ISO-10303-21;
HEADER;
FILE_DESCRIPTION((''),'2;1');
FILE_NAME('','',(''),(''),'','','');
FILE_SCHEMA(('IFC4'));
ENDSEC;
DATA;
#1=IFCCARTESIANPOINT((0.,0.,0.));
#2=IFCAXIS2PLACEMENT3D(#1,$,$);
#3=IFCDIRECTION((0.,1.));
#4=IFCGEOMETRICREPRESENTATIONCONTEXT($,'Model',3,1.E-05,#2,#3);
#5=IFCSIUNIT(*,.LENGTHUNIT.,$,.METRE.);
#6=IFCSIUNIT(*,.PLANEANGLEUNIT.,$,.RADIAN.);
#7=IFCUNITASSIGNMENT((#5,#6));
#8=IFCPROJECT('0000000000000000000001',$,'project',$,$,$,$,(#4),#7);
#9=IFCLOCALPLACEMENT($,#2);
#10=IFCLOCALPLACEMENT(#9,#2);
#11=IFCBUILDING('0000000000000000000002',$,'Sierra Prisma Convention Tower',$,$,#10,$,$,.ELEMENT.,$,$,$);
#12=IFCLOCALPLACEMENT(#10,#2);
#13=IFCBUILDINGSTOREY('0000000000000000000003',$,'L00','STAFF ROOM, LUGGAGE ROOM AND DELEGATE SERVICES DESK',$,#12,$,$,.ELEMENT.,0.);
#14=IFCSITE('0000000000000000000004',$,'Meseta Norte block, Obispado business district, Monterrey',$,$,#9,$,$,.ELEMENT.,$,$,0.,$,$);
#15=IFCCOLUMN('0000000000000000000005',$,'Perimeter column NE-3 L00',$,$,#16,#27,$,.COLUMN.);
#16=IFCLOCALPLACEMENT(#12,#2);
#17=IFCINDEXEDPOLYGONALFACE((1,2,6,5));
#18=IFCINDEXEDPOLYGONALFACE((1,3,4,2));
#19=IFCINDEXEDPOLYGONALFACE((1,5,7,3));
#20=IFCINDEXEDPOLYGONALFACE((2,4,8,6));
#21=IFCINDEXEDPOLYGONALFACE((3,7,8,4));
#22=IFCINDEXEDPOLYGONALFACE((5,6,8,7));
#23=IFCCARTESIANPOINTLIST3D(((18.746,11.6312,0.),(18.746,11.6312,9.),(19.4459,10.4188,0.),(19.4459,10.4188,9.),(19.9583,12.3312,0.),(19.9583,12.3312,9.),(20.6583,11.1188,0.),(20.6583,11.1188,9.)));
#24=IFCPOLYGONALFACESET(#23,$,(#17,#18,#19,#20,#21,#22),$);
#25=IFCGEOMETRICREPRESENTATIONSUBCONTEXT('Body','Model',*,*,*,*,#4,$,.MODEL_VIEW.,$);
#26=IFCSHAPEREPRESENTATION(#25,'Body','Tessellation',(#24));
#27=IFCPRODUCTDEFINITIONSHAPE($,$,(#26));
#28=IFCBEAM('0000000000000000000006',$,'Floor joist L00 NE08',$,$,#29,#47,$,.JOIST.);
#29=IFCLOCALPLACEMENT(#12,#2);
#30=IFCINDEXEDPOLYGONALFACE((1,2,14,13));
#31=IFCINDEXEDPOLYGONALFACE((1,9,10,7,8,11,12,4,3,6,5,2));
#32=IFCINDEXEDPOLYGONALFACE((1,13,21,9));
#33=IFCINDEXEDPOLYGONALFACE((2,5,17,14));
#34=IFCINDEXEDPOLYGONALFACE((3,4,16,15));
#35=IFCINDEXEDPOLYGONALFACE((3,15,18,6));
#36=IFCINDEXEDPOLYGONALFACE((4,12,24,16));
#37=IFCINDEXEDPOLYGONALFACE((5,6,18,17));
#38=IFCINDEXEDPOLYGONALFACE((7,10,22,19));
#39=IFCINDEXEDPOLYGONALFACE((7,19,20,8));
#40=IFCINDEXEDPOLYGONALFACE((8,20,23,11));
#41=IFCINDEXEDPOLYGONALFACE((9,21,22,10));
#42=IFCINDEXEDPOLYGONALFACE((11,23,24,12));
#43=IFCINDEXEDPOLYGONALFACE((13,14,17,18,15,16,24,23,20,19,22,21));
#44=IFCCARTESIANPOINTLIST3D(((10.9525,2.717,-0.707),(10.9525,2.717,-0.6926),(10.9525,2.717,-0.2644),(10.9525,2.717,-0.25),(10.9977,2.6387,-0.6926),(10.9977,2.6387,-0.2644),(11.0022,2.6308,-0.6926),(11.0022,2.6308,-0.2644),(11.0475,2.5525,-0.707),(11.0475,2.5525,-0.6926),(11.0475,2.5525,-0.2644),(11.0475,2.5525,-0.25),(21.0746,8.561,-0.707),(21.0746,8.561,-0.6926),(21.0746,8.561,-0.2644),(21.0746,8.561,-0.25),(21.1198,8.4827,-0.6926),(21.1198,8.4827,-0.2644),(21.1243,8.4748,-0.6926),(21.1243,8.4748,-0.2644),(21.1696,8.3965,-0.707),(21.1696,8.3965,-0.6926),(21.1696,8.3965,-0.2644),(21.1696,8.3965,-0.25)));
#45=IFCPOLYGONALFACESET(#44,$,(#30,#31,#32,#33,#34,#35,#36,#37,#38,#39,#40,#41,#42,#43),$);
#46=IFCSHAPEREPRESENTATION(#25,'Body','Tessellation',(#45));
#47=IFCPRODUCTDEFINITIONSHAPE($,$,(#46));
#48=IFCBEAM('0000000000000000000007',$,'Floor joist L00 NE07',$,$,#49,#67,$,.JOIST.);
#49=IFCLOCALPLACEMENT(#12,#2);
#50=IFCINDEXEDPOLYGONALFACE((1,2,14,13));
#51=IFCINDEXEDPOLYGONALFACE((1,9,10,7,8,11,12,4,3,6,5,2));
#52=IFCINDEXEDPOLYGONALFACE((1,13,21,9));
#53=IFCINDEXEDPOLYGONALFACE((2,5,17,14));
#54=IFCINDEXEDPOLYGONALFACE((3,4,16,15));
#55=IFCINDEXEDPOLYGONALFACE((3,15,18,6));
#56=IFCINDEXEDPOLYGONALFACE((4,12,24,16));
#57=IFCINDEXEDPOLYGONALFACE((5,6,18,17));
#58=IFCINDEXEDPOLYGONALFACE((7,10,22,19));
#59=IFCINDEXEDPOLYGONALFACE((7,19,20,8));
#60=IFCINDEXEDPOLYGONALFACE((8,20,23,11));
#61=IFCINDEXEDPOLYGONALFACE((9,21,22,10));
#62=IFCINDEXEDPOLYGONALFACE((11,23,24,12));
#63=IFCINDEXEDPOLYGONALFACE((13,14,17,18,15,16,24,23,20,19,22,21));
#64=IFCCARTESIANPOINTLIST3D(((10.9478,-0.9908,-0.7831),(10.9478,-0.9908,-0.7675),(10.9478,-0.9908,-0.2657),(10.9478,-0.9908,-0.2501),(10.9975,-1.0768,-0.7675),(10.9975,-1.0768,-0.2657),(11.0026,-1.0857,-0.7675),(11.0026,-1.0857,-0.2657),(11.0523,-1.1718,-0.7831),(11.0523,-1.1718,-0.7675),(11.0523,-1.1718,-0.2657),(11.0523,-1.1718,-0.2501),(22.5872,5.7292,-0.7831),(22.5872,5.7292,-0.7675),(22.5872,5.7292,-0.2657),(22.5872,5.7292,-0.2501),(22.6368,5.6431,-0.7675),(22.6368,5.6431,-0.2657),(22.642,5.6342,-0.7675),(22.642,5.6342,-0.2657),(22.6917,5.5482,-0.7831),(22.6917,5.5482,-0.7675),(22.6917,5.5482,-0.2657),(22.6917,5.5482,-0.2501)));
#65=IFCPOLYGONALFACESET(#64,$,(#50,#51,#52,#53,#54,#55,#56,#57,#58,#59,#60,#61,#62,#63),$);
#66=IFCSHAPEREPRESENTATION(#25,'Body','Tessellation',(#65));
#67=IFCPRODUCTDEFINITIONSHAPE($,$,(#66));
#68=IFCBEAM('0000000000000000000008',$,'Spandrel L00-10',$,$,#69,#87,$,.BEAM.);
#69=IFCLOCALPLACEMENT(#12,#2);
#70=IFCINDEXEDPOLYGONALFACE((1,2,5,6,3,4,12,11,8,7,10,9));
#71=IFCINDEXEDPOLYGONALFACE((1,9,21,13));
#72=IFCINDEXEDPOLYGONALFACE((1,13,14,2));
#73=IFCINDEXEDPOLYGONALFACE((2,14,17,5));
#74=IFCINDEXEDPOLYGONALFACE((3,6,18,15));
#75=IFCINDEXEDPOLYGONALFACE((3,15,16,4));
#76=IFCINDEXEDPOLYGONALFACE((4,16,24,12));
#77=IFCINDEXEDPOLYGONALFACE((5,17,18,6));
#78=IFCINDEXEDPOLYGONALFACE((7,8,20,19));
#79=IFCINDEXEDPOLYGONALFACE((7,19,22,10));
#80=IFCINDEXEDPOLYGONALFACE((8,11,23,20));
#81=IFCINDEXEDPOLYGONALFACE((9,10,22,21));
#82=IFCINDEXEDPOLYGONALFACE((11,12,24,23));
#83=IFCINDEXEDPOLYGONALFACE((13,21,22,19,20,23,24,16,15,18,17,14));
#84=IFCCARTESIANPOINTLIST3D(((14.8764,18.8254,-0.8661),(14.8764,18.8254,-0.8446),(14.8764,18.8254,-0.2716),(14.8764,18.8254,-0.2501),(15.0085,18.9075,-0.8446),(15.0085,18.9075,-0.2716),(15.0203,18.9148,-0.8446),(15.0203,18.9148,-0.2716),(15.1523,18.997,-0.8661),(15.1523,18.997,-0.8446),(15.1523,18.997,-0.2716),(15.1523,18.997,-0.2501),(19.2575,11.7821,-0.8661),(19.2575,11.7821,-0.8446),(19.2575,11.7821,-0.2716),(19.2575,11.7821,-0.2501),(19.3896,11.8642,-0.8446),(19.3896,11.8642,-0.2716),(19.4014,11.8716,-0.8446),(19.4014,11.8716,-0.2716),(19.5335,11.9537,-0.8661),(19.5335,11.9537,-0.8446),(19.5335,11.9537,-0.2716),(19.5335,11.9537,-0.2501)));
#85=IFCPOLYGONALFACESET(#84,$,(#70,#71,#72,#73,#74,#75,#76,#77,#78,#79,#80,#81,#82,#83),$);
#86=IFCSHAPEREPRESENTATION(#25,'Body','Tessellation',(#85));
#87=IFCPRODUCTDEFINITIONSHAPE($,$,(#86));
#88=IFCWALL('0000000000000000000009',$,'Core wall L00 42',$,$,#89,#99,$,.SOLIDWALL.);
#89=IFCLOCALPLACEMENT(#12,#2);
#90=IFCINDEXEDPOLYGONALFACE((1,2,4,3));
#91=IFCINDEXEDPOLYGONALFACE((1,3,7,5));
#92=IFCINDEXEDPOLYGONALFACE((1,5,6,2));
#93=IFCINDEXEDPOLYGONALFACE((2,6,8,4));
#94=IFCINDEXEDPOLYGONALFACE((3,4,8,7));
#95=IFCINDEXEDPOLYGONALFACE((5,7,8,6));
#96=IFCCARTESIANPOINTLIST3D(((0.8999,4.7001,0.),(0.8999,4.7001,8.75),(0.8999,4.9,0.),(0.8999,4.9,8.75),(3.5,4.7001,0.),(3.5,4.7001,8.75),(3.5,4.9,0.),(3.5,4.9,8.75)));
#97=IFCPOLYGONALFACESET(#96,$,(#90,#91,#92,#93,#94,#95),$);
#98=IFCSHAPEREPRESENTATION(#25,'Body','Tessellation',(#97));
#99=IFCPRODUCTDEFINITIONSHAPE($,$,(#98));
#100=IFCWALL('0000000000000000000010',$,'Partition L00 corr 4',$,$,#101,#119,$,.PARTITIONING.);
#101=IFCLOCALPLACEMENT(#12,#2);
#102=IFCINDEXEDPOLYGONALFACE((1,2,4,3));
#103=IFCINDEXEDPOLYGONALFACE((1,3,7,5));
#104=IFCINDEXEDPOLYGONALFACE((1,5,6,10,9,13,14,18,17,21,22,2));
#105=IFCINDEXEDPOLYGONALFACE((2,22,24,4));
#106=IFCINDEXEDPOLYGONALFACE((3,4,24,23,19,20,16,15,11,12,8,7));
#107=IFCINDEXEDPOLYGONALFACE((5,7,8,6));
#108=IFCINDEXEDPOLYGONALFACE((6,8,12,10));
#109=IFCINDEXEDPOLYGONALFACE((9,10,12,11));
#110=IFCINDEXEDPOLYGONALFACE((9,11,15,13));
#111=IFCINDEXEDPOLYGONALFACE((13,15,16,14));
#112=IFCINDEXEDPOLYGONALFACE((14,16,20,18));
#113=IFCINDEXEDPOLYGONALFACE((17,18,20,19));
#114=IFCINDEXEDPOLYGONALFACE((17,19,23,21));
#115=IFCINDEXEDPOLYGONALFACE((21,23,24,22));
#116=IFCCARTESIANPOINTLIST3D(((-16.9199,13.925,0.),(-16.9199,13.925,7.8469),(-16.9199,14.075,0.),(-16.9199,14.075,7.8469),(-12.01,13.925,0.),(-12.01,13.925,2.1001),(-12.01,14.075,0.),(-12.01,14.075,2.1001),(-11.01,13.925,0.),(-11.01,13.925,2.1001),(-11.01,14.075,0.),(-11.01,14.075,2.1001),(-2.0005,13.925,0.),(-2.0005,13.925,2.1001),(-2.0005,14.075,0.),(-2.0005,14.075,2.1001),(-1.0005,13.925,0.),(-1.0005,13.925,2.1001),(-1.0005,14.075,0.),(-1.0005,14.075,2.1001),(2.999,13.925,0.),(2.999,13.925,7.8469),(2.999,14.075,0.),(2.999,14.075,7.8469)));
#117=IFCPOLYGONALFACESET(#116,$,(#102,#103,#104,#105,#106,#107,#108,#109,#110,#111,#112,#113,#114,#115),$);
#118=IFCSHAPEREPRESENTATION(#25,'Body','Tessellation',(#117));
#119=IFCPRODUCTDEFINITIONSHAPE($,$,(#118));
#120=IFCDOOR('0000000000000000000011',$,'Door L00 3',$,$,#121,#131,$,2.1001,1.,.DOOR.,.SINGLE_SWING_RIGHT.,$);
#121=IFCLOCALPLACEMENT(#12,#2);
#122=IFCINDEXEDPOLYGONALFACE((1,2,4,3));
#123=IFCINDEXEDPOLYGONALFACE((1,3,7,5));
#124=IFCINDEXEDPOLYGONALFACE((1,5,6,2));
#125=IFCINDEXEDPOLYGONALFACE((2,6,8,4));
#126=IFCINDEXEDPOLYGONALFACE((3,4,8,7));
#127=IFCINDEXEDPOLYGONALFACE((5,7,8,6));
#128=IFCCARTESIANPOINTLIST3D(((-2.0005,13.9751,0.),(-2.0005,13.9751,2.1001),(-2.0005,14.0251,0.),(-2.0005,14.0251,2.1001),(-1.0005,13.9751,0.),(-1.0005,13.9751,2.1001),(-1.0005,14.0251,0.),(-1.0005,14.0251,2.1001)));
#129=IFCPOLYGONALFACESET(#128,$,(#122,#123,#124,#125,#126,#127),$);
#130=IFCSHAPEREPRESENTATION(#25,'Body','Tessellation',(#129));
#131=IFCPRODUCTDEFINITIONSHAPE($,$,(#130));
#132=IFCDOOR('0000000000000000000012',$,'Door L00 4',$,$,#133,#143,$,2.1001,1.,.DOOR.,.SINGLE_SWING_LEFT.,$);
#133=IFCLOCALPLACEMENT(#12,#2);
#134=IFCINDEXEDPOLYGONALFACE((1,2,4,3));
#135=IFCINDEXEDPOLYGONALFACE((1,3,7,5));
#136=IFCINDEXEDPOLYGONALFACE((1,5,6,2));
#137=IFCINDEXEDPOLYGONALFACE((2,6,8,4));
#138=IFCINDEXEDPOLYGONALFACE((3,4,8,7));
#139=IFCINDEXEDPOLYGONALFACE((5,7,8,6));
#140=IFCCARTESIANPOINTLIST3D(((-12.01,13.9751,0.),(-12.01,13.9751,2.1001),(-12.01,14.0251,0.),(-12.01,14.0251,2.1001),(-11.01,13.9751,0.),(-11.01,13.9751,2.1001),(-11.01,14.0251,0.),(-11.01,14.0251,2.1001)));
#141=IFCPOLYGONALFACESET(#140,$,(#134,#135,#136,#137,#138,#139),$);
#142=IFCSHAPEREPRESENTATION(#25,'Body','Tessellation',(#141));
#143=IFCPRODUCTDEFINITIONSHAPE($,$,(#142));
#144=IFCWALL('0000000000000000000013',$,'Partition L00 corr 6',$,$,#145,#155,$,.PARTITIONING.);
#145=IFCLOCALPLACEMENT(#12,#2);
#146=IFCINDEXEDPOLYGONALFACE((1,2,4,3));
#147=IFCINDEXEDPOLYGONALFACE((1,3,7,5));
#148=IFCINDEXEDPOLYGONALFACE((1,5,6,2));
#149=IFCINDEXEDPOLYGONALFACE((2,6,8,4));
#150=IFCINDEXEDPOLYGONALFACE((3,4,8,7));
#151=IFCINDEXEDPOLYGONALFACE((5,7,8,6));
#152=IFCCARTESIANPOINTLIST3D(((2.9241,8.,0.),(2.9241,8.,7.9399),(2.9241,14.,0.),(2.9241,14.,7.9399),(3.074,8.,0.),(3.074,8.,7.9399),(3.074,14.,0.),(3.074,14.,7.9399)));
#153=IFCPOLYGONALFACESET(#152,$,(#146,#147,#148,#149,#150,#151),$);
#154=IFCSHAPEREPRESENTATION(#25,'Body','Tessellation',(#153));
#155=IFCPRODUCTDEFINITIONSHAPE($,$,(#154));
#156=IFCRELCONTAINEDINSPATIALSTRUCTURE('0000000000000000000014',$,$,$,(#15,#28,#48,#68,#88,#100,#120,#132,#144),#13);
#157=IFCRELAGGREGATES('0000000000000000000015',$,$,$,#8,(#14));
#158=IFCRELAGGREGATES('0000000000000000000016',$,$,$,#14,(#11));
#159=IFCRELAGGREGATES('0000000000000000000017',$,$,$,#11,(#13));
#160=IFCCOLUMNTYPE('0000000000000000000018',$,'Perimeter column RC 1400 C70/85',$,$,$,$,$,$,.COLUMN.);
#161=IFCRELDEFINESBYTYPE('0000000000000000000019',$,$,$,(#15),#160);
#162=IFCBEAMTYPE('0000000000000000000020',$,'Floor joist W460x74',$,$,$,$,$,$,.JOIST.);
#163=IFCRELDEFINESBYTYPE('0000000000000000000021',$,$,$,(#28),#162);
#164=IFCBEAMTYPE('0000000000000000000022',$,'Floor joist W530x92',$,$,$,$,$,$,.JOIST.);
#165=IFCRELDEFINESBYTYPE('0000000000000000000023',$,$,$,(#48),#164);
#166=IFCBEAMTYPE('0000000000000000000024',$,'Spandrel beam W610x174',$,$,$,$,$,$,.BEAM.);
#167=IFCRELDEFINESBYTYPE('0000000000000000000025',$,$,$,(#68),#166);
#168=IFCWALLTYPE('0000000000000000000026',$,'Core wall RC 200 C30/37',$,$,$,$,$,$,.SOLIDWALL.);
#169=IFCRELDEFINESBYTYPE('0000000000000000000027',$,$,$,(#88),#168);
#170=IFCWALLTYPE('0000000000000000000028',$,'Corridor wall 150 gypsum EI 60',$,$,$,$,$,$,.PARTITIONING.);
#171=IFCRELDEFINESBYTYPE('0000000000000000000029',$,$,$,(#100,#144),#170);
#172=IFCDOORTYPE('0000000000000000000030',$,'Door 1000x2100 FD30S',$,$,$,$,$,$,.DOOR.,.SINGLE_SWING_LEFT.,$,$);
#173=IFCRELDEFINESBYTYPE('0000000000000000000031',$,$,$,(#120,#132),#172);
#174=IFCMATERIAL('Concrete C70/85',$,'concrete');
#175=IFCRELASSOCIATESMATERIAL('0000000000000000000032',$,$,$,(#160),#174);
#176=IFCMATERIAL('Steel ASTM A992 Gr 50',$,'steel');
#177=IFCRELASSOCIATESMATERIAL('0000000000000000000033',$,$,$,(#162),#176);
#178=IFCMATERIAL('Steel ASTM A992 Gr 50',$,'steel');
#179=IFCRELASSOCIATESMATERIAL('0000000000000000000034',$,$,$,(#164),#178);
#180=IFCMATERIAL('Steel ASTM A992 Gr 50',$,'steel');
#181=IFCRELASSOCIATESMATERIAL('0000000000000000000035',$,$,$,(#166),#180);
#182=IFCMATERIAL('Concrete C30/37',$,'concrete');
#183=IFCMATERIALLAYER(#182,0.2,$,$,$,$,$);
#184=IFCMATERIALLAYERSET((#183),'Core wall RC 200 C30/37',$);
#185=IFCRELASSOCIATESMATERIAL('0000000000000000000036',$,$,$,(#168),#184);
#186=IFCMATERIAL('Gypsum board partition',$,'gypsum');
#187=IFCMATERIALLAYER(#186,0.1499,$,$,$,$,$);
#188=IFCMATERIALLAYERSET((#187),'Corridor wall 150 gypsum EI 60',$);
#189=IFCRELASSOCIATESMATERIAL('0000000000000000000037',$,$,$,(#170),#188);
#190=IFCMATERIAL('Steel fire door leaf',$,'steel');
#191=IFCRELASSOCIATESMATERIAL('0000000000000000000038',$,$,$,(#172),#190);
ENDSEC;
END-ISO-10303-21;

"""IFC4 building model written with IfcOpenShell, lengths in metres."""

from ifc_helpers import new_model, si_unit, direction, frame, frame_2d, origin, origin_2d, place, context, subcontext, project, spatial, rectangle, i_section, extrude, material, layer, layer_set, material_profile, profile_set, type_object, element, fill, save


model = new_model("IFC4")

# Units and contexts
model_context = context("Model", 3, precision=1e-05, world=origin(), true_north=direction((0.0, 1.0)))
body_context = subcontext(model_context, "Body", "Model", "MODEL_VIEW")
ifc_project = project(units=[si_unit("LENGTHUNIT", "METRE"), si_unit("PLANEANGLEUNIT", "RADIAN")], contexts=[model_context])

# Site, building, storey
site_placement = place(None, origin())
site = spatial("IfcSite", under=ifc_project, at=site_placement, Name="Meseta Norte block, Obispado business district, Monterrey", CompositionType="ELEMENT", RefElevation=0.0)
building_placement = place(site_placement, origin())
building = spatial("IfcBuilding", under=site, at=building_placement, Name="Sierra Prisma Convention Tower", CompositionType="ELEMENT")
storey_placement = place(building_placement, origin())
storey = spatial("IfcBuildingStorey", under=building, at=storey_placement, Name="L00", Description="STAFF ROOM, LUGGAGE ROOM AND DELEGATE SERVICES DESK", CompositionType="ELEMENT", Elevation=0.0)

# Column
ifc_material_1 = material(Name="Concrete C70/85", Category="concrete")
ifc_material_profile_1 = material_profile(ifc_material_1, rectangle(XDim=1.3999, YDim=1.3999, at=origin_2d()), Name="Perimeter column RC 1400 C70/85")
ifc_profile_set_1 = profile_set([ifc_material_profile_1], Name="Concrete C70/85")
column_type = type_object("IfcColumnType", Name="Perimeter column RC 1400 C70/85", PredefinedType="COLUMN", material=ifc_profile_set_1)
column_placement = place(storey_placement, frame((19.7021, 11.375, 0.0), z_axis=(0.0, 0.0, 1.0), x_axis=(-0.5, 0.866025, 0.0)))
element("IfcColumn", 1, at=column_placement, inside=storey, type_object=column_type, Name="Perimeter column NE-3 L00", PredefinedType="COLUMN", context=body_context, shape_type="SweptSolid", body=[
    extrude(rectangle(XDim=1.3999, YDim=1.3999, at=origin_2d()), origin(), (0.0, 0.0, 1.0), 9.0),
])

# Beams
ifc_material_2 = material(Name="Steel ASTM A992 Gr 50", Category="steel")
ifc_material_profile_2 = material_profile(ifc_material_2, i_section(OverallWidth=0.1899, OverallDepth=0.457, WebThickness=0.009, FlangeThickness=0.0144, at=origin_2d()), Name="W460x74")
ifc_profile_set_2 = profile_set([ifc_material_profile_2], Name="Steel ASTM A992 Gr 50")
beam_type_1 = type_object("IfcBeamType", Name="Floor joist W460x74", PredefinedType="JOIST", material=ifc_profile_set_2)
beam_1_placement = place(storey_placement, frame((21.1221, 8.4788, -0.4785), z_axis=(-0.866025, -0.500001, 0.0), x_axis=(0.500001, -0.866025, 0.0)))
element("IfcBeam", 2, at=beam_1_placement, inside=storey, type_object=beam_type_1, Name="Floor joist L00 NE08", PredefinedType="JOIST", context=body_context, shape_type="SweptSolid", body=[
    extrude(i_section(OverallWidth=0.1899, OverallDepth=0.457, WebThickness=0.009, FlangeThickness=0.0144, at=origin_2d()), origin(), (0.0, 0.0, 1.0), 11.688),
])
ifc_material_3 = material(Name="Steel ASTM A992 Gr 50", Category="steel")
ifc_material_profile_3 = material_profile(ifc_material_3, i_section(OverallWidth=0.209, OverallDepth=0.533, WebThickness=0.0103, FlangeThickness=0.0156, at=origin_2d()), Name="W530x92")
ifc_profile_set_3 = profile_set([ifc_material_profile_3], Name="Steel ASTM A992 Gr 50")
beam_type_2 = type_object("IfcBeamType", Name="Floor joist W530x92", PredefinedType="JOIST", material=ifc_profile_set_3)
beam_2_placement = place(storey_placement, frame((22.6394, 5.6387, -0.5166), z_axis=(-0.866027, -0.499998, 0.0), x_axis=(0.499998, -0.866027, 0.0)))
element("IfcBeam", 3, at=beam_2_placement, inside=storey, type_object=beam_type_2, Name="Floor joist L00 NE07", PredefinedType="JOIST", context=body_context, shape_type="SweptSolid", body=[
    extrude(i_section(OverallWidth=0.209, OverallDepth=0.533, WebThickness=0.0103, FlangeThickness=0.0156, at=origin_2d()), origin(), (0.0, 0.0, 1.0), 13.4399),
])
ifc_material_4 = material(Name="Steel ASTM A992 Gr 50", Category="steel")
ifc_material_profile_4 = material_profile(ifc_material_4, i_section(OverallWidth=0.325, OverallDepth=0.616, WebThickness=0.0139, FlangeThickness=0.0215, at=origin_2d()), Name="W610x174")
ifc_profile_set_4 = profile_set([ifc_material_profile_4], Name="Steel ASTM A992 Gr 50")
beam_type_3 = type_object("IfcBeamType", Name="Spandrel beam W610x174", PredefinedType="BEAM", material=ifc_profile_set_4)
beam_3_placement = place(storey_placement, frame((19.3955, 11.8679, -0.5581), z_axis=(-0.528185, 0.849129, 0.0), x_axis=(-0.849129, -0.528185, 0.0)))
element("IfcBeam", 4, at=beam_3_placement, inside=storey, type_object=beam_type_3, Name="Spandrel L00-10", PredefinedType="BEAM", context=body_context, shape_type="SweptSolid", body=[
    extrude(i_section(OverallWidth=0.325, OverallDepth=0.616, WebThickness=0.0139, FlangeThickness=0.0215, at=origin_2d()), origin(), (0.0, 0.0, 1.0), 8.2947),
])

# Wall
ifc_material_5 = material(Name="Concrete C30/37", Category="concrete")
ifc_layer_1 = layer(ifc_material_5, 0.2)
ifc_layer_set_1 = layer_set([ifc_layer_1], Name="Core wall RC 200 C30/37")
wall_type_1 = type_object("IfcWallType", Name="Core wall RC 200 C30/37", PredefinedType="SOLIDWALL", material=ifc_layer_set_1)
wall_1_placement = place(storey_placement, frame((3.5, 4.8, 0.0), z_axis=(0.0, 0.0, 1.0), x_axis=(-1.0, 0.0, 0.0)))
element("IfcWall", 5, at=wall_1_placement, inside=storey, type_object=wall_type_1, Name="Core wall L00 42", PredefinedType="SOLIDWALL", context=body_context, shape_type="SweptSolid", body=[
    extrude(rectangle(XDim=2.6001, YDim=0.2, at=frame_2d((1.3, 0.0))), origin(), (0.0, 0.0, 1.0), 8.75),
])

# Wall, openings, doors
ifc_material_6 = material(Name="Gypsum board partition", Category="gypsum")
ifc_layer_2 = layer(ifc_material_6, 0.1499)
ifc_layer_set_2 = layer_set([ifc_layer_2], Name="Corridor wall 150 gypsum EI 60")
wall_type_2 = type_object("IfcWallType", Name="Corridor wall 150 gypsum EI 60", PredefinedType="PARTITIONING", material=ifc_layer_set_2)
wall_2_placement = place(storey_placement, frame((2.999, 14.0, 0.0), z_axis=(0.0, 0.0, 1.0), x_axis=(-1.0, 0.0, 0.0)))
wall_2 = element("IfcWall", 6, at=wall_2_placement, inside=storey, type_object=wall_type_2, Name="Partition L00 corr 4", PredefinedType="PARTITIONING", context=body_context, shape_type="SweptSolid", body=[
    extrude(rectangle(XDim=19.9189, YDim=0.1499, at=frame_2d((9.9595, 0.0))), origin(), (0.0, 0.0, 1.0), 7.8469),
])
opening_1_placement = place(wall_2_placement, frame((3.9995, 0.0, 0.0)))
opening_1 = element("IfcOpeningElement", 7, at=opening_1_placement, cuts=wall_2, PredefinedType="OPENING", context=body_context, shape_type="SweptSolid", body=[
    extrude(rectangle(XDim=1.0, YDim=2.1001, at=frame_2d((0.5, 1.05))), frame((0.0, 0.075, 0.0), z_axis=(0.0, -1.0, 0.0), x_axis=(1.0, 0.0, 0.0)), (0.0, 0.0, 1.0), 0.1499),
])
opening_2_placement = place(wall_2_placement, frame((14.009, 0.0, 0.0)))
opening_2 = element("IfcOpeningElement", 8, at=opening_2_placement, cuts=wall_2, PredefinedType="OPENING", context=body_context, shape_type="SweptSolid", body=[
    extrude(rectangle(XDim=1.0, YDim=2.1001, at=frame_2d((0.5, 1.05))), frame((0.0, 0.075, 0.0), z_axis=(0.0, -1.0, 0.0), x_axis=(1.0, 0.0, 0.0)), (0.0, 0.0, 1.0), 0.1499),
])
ifc_material_7 = material(Name="Steel fire door leaf", Category="steel")
door_type_1 = type_object("IfcDoorType", Name="Door 1000x2100 FD30S", OperationType="SINGLE_SWING_LEFT", PredefinedType="DOOR", material=ifc_material_7)
door_1_placement = place(opening_1_placement, origin())
door_1 = element("IfcDoor", 9, at=door_1_placement, inside=storey, type_object=door_type_1, Name="Door L00 3", OperationType="SINGLE_SWING_RIGHT", OverallHeight=2.1001, OverallWidth=1.0, PredefinedType="DOOR", context=body_context, shape_type="SweptSolid", body=[
    extrude(rectangle(XDim=1.0, YDim=2.1001, at=frame_2d((0.5, 1.05))), frame((0.0, 0.0249, 0.0), z_axis=(0.0, -1.0, 0.0), x_axis=(1.0, 0.0, 0.0)), (0.0, 0.0, 1.0), 0.05),
])
fill(opening_1, door_1)
door_2_placement = place(opening_2_placement, origin())
door_2 = element("IfcDoor", 10, at=door_2_placement, inside=storey, type_object=door_type_1, Name="Door L00 4", OperationType="SINGLE_SWING_LEFT", OverallHeight=2.1001, OverallWidth=1.0, PredefinedType="DOOR", context=body_context, shape_type="SweptSolid", body=[
    extrude(rectangle(XDim=1.0, YDim=2.1001, at=frame_2d((0.5, 1.05))), frame((0.0, 0.0249, 0.0), z_axis=(0.0, -1.0, 0.0), x_axis=(1.0, 0.0, 0.0)), (0.0, 0.0, 1.0), 0.05),
])
fill(opening_2, door_2)

# Wall
wall_3_placement = place(storey_placement, frame((2.999, 8.0, 0.0), z_axis=(0.0, 0.0, 1.0), x_axis=(0.0, 1.0, 0.0)))
element("IfcWall", 11, at=wall_3_placement, inside=storey, type_object=wall_type_2, Name="Partition L00 corr 6", PredefinedType="PARTITIONING", context=body_context, shape_type="SweptSolid", body=[
    extrude(rectangle(XDim=6.0, YDim=0.1499, at=frame_2d((3.0, 0.0))), origin(), (0.0, 0.0, 1.0), 7.9399),
])

save(model, "model.ifc")
